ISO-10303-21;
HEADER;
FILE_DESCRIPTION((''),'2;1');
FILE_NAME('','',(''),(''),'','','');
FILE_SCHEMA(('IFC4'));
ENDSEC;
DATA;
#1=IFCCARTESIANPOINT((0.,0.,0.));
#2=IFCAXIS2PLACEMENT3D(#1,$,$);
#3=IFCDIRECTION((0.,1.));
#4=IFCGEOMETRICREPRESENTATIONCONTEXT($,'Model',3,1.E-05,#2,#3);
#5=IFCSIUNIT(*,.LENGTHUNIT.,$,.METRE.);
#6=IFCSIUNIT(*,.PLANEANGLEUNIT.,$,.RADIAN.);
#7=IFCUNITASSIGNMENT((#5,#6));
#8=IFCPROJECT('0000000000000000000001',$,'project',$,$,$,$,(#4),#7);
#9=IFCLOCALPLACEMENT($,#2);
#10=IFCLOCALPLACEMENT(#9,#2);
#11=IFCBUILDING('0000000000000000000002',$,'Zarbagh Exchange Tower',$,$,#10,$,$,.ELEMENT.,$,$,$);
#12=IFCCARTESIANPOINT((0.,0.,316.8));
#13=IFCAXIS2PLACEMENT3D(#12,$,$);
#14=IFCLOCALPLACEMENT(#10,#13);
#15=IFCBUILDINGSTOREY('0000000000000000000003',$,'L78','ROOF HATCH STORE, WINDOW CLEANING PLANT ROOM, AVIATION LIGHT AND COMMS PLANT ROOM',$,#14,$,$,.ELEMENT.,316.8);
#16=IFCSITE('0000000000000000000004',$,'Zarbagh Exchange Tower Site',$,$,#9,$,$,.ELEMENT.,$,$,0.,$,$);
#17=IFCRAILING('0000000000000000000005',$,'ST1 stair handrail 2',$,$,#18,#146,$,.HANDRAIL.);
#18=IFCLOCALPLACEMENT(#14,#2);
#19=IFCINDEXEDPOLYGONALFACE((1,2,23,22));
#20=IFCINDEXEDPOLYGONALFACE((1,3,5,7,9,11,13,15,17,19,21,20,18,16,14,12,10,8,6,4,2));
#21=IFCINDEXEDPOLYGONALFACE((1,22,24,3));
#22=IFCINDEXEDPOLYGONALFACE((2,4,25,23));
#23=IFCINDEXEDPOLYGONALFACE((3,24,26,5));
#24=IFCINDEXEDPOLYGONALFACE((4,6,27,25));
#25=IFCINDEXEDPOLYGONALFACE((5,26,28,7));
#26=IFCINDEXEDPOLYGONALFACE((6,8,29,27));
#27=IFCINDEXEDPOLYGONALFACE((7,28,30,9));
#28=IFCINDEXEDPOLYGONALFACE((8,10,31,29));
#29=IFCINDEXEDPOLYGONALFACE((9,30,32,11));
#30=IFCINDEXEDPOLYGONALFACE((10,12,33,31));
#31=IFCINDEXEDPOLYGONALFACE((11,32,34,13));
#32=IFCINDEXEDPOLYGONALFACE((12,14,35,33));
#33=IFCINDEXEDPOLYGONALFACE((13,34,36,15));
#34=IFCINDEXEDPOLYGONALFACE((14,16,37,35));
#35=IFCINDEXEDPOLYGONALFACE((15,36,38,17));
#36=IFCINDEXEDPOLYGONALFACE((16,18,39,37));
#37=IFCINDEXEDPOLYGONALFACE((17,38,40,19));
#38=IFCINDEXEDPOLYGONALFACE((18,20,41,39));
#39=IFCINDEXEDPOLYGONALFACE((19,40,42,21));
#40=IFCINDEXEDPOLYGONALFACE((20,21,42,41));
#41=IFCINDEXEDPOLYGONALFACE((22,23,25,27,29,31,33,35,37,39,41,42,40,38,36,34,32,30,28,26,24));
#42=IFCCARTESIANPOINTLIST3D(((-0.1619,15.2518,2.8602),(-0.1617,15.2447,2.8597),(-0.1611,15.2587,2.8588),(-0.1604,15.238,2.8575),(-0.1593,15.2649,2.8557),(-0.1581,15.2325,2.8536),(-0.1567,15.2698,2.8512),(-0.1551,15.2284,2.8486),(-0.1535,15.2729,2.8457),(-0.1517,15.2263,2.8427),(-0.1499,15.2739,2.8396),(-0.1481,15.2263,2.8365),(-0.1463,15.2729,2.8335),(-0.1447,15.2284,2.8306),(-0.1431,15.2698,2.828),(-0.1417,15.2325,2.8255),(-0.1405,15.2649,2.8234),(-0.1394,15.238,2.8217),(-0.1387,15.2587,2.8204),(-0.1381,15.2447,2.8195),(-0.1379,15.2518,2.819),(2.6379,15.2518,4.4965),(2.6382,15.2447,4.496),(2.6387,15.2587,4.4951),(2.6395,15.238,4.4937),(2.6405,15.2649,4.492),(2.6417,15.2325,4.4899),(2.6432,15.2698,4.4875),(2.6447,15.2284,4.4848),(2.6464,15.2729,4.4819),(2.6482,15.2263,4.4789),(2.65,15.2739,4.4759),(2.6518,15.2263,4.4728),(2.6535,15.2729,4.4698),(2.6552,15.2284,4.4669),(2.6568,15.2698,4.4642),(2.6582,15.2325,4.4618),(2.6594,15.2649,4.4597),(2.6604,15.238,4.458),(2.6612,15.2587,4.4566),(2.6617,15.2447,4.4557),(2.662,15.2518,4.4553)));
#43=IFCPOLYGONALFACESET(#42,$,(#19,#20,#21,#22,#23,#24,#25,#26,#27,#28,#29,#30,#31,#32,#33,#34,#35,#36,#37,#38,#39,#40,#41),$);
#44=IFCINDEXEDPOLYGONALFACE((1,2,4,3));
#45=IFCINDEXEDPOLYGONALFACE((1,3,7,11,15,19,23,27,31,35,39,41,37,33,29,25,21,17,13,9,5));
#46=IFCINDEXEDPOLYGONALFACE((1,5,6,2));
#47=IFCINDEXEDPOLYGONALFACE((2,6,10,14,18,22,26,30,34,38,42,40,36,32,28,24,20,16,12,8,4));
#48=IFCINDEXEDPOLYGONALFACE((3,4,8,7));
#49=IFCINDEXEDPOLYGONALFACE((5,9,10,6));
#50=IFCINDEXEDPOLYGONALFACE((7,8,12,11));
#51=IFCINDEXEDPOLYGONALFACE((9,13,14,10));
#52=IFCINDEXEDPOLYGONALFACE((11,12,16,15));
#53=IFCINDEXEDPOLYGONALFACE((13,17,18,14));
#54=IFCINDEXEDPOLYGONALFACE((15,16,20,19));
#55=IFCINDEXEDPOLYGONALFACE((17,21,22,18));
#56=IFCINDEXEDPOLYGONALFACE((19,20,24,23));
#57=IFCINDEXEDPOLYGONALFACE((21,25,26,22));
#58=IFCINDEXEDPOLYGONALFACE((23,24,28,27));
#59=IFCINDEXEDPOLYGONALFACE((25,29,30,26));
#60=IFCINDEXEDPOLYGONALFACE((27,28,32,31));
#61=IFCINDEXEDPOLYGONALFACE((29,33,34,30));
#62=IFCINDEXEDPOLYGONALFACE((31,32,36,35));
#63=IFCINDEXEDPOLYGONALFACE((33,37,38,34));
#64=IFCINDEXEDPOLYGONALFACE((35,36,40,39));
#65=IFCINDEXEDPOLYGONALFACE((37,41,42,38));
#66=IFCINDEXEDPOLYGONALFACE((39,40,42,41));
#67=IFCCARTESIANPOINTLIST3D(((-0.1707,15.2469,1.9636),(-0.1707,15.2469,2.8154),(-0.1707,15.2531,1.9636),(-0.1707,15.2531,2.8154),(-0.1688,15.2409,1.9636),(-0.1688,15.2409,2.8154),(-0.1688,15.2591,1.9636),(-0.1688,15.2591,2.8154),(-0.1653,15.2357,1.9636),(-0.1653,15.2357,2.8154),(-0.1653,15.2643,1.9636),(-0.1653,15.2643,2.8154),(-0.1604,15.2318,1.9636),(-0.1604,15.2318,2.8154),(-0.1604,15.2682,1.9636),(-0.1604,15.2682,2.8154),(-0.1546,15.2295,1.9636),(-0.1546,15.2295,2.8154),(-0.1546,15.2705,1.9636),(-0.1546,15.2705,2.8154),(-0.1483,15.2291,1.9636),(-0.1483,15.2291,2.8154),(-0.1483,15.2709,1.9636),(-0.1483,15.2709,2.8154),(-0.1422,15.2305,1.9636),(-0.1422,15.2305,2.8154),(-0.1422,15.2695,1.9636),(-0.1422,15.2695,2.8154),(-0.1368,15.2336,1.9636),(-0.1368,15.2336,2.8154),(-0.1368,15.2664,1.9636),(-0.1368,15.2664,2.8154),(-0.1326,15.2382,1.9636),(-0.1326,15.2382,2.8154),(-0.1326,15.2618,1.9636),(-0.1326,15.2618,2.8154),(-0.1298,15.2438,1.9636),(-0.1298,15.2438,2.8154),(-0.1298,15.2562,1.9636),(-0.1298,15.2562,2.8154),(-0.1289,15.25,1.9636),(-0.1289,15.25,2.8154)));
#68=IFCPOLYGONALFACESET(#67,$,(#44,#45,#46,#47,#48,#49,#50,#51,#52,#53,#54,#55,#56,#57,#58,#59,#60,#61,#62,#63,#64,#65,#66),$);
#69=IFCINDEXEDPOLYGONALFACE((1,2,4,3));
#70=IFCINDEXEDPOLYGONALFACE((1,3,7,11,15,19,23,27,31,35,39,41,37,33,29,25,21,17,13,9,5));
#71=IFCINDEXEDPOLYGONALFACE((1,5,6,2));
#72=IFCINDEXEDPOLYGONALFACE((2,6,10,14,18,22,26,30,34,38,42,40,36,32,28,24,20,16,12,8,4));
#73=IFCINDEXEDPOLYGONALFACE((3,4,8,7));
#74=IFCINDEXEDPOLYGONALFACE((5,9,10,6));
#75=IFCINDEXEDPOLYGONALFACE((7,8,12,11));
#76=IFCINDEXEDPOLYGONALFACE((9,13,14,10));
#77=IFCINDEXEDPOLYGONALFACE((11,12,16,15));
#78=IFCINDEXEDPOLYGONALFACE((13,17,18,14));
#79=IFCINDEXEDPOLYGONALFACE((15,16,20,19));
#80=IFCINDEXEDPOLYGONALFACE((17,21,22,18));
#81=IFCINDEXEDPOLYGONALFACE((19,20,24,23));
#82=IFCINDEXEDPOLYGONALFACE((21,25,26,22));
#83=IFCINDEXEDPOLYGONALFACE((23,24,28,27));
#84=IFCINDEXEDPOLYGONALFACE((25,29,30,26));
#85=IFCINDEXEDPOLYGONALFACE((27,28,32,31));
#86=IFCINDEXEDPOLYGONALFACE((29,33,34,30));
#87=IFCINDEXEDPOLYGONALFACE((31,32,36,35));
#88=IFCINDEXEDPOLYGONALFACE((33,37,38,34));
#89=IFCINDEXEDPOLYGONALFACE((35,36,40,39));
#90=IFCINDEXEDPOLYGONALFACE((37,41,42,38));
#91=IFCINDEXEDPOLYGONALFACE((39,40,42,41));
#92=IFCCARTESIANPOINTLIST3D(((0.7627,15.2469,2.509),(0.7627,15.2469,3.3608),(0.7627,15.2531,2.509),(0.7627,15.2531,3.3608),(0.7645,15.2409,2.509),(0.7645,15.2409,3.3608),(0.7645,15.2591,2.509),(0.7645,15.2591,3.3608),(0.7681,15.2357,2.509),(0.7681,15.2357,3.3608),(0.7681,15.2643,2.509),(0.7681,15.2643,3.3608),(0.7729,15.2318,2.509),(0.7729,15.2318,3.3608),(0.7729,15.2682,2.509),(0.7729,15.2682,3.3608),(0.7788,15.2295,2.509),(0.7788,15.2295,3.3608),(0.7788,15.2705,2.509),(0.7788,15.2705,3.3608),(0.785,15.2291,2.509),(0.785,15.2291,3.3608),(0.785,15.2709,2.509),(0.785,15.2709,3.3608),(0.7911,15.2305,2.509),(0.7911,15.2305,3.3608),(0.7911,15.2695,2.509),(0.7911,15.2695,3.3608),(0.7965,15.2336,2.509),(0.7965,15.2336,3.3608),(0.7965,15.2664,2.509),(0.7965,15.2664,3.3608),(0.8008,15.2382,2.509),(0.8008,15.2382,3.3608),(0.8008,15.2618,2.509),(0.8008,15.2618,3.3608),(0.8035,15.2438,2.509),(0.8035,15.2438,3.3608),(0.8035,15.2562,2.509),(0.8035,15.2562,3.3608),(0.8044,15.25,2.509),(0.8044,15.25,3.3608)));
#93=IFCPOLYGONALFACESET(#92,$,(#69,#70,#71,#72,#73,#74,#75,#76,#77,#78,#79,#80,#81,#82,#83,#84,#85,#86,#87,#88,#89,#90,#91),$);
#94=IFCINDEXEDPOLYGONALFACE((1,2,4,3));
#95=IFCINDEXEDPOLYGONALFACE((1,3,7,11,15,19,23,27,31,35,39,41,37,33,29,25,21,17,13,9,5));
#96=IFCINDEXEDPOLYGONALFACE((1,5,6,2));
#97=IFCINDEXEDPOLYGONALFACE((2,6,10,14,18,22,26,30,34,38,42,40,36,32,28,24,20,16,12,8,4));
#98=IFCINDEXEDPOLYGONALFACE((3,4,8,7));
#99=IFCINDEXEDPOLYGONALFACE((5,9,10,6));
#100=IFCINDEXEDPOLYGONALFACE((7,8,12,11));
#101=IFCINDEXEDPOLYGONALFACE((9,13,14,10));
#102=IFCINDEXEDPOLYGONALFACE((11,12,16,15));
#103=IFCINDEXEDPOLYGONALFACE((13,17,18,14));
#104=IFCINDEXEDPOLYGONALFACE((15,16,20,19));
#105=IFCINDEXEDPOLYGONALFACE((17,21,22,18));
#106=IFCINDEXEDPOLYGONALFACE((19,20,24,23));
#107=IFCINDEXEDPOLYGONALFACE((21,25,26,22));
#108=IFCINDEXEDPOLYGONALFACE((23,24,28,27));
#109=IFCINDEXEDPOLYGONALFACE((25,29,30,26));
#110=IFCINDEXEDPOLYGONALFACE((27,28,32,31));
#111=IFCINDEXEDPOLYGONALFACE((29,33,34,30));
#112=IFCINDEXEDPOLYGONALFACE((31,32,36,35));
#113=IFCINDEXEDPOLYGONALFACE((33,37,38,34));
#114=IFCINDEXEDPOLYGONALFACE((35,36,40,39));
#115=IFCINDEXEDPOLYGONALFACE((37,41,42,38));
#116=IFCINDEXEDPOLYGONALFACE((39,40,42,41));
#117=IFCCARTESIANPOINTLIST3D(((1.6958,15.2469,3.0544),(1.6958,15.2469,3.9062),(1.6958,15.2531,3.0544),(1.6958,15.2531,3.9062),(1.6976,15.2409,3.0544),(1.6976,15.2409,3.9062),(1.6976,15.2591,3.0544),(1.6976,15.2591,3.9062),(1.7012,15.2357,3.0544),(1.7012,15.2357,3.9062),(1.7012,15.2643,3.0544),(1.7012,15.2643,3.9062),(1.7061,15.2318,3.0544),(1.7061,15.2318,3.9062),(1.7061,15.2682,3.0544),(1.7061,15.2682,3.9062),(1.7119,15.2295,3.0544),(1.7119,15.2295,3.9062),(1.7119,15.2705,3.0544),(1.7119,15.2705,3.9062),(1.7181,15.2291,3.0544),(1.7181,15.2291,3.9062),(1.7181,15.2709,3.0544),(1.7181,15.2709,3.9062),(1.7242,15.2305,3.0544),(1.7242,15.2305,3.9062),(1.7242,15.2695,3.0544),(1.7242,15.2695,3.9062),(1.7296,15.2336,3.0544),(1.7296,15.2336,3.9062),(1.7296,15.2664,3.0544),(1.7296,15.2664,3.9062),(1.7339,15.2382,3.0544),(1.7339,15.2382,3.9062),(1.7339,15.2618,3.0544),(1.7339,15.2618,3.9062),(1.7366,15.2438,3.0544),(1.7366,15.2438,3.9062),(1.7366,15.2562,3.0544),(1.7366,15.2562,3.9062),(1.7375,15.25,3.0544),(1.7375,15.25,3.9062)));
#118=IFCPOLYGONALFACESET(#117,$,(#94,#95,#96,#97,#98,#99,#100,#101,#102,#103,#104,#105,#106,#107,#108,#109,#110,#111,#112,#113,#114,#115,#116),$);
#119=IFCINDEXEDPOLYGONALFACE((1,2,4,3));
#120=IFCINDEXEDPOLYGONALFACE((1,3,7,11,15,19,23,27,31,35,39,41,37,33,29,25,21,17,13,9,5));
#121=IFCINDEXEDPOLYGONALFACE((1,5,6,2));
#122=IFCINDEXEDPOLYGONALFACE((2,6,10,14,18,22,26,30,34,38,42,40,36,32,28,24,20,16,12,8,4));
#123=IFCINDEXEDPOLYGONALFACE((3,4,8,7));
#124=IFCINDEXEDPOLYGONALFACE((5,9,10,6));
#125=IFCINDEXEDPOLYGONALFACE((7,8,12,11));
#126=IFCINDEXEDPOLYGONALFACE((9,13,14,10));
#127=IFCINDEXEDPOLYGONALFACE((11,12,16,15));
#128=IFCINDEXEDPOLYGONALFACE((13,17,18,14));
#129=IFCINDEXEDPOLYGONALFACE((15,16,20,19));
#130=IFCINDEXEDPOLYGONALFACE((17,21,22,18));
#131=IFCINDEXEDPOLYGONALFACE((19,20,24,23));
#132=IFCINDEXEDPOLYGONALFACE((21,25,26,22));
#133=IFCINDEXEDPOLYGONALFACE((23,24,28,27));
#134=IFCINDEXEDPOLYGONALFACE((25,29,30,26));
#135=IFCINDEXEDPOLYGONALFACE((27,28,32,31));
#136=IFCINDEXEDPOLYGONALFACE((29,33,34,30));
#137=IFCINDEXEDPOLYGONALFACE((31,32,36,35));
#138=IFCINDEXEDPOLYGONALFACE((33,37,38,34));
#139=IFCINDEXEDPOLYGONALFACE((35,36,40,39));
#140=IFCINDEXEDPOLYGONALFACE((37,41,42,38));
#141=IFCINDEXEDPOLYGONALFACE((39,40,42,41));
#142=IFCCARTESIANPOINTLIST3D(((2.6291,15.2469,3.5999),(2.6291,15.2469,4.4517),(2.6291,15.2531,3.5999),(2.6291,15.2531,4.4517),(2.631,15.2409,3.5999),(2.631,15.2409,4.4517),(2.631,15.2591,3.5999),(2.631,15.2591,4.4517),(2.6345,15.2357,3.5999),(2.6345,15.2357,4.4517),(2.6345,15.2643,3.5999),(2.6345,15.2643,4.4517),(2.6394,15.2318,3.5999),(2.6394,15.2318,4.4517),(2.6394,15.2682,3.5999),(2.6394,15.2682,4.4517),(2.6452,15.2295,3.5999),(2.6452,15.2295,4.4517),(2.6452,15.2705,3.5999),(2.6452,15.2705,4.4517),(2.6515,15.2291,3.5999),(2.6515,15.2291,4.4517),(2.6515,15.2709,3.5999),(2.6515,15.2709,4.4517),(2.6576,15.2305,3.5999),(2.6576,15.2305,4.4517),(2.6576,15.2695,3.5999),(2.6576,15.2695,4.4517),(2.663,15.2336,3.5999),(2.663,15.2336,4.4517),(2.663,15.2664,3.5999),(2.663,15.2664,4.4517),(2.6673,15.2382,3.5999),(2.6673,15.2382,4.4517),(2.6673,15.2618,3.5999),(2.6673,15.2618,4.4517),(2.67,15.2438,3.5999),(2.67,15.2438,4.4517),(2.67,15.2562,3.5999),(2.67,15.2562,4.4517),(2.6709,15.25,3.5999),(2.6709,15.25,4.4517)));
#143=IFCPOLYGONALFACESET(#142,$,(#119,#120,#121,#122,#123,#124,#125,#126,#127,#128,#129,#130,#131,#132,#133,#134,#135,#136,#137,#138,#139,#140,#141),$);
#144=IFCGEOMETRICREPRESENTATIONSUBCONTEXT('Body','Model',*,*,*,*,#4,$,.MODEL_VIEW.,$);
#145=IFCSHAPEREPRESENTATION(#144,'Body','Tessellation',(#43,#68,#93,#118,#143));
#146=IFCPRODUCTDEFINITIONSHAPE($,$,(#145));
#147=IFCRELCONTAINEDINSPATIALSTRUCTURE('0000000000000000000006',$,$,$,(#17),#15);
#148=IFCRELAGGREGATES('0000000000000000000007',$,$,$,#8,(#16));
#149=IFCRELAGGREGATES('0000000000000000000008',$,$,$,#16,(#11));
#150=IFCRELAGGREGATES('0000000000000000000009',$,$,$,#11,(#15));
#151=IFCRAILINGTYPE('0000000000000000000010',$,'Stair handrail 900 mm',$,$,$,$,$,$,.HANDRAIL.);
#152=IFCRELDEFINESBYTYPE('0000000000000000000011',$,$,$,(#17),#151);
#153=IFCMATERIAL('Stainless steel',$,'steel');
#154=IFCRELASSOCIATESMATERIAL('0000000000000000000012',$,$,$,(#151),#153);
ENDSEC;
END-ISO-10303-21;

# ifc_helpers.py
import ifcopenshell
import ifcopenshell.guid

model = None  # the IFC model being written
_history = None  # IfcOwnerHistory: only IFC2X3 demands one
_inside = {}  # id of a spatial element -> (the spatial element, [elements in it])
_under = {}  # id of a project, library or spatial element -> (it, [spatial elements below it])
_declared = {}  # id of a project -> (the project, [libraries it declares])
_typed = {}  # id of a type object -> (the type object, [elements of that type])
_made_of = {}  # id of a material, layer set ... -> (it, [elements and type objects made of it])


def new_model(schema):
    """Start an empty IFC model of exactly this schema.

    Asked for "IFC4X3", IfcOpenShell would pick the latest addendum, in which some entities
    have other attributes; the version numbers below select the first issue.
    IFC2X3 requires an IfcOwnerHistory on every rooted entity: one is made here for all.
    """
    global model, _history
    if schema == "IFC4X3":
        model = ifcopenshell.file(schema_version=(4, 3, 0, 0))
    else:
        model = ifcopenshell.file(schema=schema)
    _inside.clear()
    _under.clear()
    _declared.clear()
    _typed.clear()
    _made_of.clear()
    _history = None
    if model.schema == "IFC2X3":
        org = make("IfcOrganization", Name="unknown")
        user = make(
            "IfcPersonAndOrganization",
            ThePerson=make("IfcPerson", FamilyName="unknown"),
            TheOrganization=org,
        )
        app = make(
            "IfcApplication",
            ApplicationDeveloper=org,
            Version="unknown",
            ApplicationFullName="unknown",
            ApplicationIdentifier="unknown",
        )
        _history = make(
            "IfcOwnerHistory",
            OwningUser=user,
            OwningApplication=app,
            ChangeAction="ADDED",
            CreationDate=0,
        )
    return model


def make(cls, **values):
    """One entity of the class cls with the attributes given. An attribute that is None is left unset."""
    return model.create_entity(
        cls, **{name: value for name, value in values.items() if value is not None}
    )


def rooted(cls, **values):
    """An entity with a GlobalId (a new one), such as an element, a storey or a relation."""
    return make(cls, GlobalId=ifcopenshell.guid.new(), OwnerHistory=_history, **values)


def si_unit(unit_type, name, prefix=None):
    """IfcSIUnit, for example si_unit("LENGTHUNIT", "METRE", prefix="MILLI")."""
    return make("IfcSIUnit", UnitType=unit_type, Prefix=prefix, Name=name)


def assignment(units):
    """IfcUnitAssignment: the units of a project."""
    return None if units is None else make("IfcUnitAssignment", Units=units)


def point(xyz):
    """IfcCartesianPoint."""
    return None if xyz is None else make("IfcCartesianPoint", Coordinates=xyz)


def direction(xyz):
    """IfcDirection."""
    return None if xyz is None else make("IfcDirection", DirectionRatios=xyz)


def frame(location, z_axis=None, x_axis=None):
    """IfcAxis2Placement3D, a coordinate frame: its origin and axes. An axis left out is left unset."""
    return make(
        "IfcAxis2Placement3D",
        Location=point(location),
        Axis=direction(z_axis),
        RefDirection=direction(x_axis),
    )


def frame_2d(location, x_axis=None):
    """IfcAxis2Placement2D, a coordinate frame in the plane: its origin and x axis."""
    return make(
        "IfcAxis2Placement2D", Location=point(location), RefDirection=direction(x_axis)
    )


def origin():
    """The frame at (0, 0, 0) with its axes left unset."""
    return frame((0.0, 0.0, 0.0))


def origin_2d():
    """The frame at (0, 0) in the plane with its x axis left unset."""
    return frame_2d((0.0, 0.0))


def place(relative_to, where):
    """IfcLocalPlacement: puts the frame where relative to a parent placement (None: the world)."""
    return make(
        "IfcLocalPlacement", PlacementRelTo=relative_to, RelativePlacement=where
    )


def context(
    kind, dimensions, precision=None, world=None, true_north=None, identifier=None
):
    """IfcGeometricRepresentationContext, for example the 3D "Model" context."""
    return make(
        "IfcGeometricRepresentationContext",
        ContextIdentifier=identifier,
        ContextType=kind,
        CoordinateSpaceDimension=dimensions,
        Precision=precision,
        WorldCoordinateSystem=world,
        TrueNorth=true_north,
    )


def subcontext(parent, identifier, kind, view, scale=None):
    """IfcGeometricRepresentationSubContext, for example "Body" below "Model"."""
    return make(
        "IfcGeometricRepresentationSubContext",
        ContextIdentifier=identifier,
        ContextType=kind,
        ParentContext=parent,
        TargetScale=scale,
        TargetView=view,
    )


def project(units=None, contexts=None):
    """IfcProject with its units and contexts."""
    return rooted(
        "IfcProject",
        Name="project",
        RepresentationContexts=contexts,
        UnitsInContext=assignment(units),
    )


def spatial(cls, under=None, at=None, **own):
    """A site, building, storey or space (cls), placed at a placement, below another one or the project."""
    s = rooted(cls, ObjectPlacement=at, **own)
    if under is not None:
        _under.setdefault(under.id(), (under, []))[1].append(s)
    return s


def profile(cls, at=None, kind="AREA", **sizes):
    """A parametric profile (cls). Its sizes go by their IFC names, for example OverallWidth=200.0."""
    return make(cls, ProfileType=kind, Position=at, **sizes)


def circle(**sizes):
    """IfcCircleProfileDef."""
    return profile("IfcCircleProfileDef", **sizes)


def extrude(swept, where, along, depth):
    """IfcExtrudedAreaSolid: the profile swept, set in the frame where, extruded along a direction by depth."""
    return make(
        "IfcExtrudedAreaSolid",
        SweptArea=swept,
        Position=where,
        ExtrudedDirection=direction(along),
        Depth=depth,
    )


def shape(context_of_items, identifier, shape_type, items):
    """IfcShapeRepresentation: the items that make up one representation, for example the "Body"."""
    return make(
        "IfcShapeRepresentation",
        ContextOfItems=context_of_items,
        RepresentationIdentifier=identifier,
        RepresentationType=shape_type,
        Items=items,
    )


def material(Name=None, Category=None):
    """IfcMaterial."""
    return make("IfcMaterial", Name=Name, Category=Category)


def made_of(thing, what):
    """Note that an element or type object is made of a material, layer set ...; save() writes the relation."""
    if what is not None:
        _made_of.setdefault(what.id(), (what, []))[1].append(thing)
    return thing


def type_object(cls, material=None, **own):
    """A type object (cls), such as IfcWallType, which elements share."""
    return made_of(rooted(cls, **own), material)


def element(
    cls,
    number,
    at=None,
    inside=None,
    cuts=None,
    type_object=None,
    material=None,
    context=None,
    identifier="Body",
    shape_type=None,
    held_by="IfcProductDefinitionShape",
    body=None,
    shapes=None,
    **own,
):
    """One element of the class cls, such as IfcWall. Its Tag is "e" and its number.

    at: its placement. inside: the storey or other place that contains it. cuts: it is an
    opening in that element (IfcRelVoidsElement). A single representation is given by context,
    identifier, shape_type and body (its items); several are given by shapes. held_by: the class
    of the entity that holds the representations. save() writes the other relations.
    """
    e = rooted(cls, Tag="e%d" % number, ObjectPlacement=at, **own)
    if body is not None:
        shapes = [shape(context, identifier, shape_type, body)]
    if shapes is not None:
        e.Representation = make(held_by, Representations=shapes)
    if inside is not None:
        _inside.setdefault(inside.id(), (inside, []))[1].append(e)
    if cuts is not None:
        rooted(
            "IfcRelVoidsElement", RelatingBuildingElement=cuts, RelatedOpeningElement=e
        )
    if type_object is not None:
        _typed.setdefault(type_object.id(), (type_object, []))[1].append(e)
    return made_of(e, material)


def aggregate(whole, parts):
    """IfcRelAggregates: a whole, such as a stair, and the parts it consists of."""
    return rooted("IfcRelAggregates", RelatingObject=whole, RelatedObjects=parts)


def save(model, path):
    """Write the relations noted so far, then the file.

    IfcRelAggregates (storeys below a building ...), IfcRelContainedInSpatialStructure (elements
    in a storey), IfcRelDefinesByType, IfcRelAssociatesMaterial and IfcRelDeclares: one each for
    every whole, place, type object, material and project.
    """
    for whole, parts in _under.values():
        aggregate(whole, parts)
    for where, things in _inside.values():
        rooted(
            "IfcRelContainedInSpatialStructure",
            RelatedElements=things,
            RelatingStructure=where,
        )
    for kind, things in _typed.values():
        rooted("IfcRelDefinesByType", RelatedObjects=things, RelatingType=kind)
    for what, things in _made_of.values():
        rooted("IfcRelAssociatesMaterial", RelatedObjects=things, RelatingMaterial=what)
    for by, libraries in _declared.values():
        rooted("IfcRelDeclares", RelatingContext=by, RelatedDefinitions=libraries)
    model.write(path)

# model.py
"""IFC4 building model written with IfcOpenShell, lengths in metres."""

from ifc_helpers import new_model, si_unit, direction, frame, origin, origin_2d, place, context, subcontext, project, spatial, circle, extrude, material, type_object, element, save


model = new_model("IFC4")

# Units and contexts
model_context = context("Model", 3, precision=1e-05, world=origin(), true_north=direction((0.0, 1.0)))
body_context = subcontext(model_context, "Body", "Model", "MODEL_VIEW")
ifc_project = project(units=[si_unit("LENGTHUNIT", "METRE"), si_unit("PLANEANGLEUNIT", "RADIAN")], contexts=[model_context])

# Site, building, storey
site_placement = place(None, origin())
site = spatial("IfcSite", under=ifc_project, at=site_placement, Name="Zarbagh Exchange Tower Site", CompositionType="ELEMENT", RefElevation=0.0)
building_placement = place(site_placement, origin())
building = spatial("IfcBuilding", under=site, at=building_placement, Name="Zarbagh Exchange Tower", CompositionType="ELEMENT")
storey_placement = place(building_placement, frame((0.0, 0.0, 316.8)))
storey = spatial("IfcBuildingStorey", under=building, at=storey_placement, Name="L78", Description="ROOF HATCH STORE, WINDOW CLEANING PLANT ROOM, AVIATION LIGHT AND COMMS PLANT ROOM", CompositionType="ELEMENT", Elevation=316.8)

# Shared definitions
ifc_material_1 = material(Name="Stainless steel", Category="steel")

# Railing
railing_type_1 = type_object("IfcRailingType", Name="Stair handrail 900 mm", PredefinedType="HANDRAIL", material=ifc_material_1)
railing_1_placement = place(storey_placement, frame((-0.1499, 15.25, 1.9636)))
element("IfcRailing", 1, at=railing_1_placement, inside=storey, type_object=railing_type_1, Name="ST1 stair handrail 2", PredefinedType="HANDRAIL", context=body_context, shape_type="SweptSolid", body=[
    extrude(circle(Radius=0.0239, at=origin_2d()), frame((0.0, 0.0, 0.876), z_axis=(0.863374, 0.0, 0.504564), x_axis=(0.0, 1.0, 0.0)), (0.0, 0.0, 1.0), 3.2429),
    extrude(circle(Radius=0.021, at=origin_2d()), origin(), (0.0, 0.0, 1.0), 0.8518),
    extrude(circle(Radius=0.021, at=origin_2d()), frame((0.9333, 0.0, 0.5454)), (0.0, 0.0, 1.0), 0.8518),
    extrude(circle(Radius=0.021, at=origin_2d()), frame((1.8665, 0.0, 1.0908)), (0.0, 0.0, 1.0), 0.8518),
    extrude(circle(Radius=0.021, at=origin_2d()), frame((2.7998, 0.0, 1.6362)), (0.0, 0.0, 1.0), 0.8518),
])

save(model, "model.ifc")
